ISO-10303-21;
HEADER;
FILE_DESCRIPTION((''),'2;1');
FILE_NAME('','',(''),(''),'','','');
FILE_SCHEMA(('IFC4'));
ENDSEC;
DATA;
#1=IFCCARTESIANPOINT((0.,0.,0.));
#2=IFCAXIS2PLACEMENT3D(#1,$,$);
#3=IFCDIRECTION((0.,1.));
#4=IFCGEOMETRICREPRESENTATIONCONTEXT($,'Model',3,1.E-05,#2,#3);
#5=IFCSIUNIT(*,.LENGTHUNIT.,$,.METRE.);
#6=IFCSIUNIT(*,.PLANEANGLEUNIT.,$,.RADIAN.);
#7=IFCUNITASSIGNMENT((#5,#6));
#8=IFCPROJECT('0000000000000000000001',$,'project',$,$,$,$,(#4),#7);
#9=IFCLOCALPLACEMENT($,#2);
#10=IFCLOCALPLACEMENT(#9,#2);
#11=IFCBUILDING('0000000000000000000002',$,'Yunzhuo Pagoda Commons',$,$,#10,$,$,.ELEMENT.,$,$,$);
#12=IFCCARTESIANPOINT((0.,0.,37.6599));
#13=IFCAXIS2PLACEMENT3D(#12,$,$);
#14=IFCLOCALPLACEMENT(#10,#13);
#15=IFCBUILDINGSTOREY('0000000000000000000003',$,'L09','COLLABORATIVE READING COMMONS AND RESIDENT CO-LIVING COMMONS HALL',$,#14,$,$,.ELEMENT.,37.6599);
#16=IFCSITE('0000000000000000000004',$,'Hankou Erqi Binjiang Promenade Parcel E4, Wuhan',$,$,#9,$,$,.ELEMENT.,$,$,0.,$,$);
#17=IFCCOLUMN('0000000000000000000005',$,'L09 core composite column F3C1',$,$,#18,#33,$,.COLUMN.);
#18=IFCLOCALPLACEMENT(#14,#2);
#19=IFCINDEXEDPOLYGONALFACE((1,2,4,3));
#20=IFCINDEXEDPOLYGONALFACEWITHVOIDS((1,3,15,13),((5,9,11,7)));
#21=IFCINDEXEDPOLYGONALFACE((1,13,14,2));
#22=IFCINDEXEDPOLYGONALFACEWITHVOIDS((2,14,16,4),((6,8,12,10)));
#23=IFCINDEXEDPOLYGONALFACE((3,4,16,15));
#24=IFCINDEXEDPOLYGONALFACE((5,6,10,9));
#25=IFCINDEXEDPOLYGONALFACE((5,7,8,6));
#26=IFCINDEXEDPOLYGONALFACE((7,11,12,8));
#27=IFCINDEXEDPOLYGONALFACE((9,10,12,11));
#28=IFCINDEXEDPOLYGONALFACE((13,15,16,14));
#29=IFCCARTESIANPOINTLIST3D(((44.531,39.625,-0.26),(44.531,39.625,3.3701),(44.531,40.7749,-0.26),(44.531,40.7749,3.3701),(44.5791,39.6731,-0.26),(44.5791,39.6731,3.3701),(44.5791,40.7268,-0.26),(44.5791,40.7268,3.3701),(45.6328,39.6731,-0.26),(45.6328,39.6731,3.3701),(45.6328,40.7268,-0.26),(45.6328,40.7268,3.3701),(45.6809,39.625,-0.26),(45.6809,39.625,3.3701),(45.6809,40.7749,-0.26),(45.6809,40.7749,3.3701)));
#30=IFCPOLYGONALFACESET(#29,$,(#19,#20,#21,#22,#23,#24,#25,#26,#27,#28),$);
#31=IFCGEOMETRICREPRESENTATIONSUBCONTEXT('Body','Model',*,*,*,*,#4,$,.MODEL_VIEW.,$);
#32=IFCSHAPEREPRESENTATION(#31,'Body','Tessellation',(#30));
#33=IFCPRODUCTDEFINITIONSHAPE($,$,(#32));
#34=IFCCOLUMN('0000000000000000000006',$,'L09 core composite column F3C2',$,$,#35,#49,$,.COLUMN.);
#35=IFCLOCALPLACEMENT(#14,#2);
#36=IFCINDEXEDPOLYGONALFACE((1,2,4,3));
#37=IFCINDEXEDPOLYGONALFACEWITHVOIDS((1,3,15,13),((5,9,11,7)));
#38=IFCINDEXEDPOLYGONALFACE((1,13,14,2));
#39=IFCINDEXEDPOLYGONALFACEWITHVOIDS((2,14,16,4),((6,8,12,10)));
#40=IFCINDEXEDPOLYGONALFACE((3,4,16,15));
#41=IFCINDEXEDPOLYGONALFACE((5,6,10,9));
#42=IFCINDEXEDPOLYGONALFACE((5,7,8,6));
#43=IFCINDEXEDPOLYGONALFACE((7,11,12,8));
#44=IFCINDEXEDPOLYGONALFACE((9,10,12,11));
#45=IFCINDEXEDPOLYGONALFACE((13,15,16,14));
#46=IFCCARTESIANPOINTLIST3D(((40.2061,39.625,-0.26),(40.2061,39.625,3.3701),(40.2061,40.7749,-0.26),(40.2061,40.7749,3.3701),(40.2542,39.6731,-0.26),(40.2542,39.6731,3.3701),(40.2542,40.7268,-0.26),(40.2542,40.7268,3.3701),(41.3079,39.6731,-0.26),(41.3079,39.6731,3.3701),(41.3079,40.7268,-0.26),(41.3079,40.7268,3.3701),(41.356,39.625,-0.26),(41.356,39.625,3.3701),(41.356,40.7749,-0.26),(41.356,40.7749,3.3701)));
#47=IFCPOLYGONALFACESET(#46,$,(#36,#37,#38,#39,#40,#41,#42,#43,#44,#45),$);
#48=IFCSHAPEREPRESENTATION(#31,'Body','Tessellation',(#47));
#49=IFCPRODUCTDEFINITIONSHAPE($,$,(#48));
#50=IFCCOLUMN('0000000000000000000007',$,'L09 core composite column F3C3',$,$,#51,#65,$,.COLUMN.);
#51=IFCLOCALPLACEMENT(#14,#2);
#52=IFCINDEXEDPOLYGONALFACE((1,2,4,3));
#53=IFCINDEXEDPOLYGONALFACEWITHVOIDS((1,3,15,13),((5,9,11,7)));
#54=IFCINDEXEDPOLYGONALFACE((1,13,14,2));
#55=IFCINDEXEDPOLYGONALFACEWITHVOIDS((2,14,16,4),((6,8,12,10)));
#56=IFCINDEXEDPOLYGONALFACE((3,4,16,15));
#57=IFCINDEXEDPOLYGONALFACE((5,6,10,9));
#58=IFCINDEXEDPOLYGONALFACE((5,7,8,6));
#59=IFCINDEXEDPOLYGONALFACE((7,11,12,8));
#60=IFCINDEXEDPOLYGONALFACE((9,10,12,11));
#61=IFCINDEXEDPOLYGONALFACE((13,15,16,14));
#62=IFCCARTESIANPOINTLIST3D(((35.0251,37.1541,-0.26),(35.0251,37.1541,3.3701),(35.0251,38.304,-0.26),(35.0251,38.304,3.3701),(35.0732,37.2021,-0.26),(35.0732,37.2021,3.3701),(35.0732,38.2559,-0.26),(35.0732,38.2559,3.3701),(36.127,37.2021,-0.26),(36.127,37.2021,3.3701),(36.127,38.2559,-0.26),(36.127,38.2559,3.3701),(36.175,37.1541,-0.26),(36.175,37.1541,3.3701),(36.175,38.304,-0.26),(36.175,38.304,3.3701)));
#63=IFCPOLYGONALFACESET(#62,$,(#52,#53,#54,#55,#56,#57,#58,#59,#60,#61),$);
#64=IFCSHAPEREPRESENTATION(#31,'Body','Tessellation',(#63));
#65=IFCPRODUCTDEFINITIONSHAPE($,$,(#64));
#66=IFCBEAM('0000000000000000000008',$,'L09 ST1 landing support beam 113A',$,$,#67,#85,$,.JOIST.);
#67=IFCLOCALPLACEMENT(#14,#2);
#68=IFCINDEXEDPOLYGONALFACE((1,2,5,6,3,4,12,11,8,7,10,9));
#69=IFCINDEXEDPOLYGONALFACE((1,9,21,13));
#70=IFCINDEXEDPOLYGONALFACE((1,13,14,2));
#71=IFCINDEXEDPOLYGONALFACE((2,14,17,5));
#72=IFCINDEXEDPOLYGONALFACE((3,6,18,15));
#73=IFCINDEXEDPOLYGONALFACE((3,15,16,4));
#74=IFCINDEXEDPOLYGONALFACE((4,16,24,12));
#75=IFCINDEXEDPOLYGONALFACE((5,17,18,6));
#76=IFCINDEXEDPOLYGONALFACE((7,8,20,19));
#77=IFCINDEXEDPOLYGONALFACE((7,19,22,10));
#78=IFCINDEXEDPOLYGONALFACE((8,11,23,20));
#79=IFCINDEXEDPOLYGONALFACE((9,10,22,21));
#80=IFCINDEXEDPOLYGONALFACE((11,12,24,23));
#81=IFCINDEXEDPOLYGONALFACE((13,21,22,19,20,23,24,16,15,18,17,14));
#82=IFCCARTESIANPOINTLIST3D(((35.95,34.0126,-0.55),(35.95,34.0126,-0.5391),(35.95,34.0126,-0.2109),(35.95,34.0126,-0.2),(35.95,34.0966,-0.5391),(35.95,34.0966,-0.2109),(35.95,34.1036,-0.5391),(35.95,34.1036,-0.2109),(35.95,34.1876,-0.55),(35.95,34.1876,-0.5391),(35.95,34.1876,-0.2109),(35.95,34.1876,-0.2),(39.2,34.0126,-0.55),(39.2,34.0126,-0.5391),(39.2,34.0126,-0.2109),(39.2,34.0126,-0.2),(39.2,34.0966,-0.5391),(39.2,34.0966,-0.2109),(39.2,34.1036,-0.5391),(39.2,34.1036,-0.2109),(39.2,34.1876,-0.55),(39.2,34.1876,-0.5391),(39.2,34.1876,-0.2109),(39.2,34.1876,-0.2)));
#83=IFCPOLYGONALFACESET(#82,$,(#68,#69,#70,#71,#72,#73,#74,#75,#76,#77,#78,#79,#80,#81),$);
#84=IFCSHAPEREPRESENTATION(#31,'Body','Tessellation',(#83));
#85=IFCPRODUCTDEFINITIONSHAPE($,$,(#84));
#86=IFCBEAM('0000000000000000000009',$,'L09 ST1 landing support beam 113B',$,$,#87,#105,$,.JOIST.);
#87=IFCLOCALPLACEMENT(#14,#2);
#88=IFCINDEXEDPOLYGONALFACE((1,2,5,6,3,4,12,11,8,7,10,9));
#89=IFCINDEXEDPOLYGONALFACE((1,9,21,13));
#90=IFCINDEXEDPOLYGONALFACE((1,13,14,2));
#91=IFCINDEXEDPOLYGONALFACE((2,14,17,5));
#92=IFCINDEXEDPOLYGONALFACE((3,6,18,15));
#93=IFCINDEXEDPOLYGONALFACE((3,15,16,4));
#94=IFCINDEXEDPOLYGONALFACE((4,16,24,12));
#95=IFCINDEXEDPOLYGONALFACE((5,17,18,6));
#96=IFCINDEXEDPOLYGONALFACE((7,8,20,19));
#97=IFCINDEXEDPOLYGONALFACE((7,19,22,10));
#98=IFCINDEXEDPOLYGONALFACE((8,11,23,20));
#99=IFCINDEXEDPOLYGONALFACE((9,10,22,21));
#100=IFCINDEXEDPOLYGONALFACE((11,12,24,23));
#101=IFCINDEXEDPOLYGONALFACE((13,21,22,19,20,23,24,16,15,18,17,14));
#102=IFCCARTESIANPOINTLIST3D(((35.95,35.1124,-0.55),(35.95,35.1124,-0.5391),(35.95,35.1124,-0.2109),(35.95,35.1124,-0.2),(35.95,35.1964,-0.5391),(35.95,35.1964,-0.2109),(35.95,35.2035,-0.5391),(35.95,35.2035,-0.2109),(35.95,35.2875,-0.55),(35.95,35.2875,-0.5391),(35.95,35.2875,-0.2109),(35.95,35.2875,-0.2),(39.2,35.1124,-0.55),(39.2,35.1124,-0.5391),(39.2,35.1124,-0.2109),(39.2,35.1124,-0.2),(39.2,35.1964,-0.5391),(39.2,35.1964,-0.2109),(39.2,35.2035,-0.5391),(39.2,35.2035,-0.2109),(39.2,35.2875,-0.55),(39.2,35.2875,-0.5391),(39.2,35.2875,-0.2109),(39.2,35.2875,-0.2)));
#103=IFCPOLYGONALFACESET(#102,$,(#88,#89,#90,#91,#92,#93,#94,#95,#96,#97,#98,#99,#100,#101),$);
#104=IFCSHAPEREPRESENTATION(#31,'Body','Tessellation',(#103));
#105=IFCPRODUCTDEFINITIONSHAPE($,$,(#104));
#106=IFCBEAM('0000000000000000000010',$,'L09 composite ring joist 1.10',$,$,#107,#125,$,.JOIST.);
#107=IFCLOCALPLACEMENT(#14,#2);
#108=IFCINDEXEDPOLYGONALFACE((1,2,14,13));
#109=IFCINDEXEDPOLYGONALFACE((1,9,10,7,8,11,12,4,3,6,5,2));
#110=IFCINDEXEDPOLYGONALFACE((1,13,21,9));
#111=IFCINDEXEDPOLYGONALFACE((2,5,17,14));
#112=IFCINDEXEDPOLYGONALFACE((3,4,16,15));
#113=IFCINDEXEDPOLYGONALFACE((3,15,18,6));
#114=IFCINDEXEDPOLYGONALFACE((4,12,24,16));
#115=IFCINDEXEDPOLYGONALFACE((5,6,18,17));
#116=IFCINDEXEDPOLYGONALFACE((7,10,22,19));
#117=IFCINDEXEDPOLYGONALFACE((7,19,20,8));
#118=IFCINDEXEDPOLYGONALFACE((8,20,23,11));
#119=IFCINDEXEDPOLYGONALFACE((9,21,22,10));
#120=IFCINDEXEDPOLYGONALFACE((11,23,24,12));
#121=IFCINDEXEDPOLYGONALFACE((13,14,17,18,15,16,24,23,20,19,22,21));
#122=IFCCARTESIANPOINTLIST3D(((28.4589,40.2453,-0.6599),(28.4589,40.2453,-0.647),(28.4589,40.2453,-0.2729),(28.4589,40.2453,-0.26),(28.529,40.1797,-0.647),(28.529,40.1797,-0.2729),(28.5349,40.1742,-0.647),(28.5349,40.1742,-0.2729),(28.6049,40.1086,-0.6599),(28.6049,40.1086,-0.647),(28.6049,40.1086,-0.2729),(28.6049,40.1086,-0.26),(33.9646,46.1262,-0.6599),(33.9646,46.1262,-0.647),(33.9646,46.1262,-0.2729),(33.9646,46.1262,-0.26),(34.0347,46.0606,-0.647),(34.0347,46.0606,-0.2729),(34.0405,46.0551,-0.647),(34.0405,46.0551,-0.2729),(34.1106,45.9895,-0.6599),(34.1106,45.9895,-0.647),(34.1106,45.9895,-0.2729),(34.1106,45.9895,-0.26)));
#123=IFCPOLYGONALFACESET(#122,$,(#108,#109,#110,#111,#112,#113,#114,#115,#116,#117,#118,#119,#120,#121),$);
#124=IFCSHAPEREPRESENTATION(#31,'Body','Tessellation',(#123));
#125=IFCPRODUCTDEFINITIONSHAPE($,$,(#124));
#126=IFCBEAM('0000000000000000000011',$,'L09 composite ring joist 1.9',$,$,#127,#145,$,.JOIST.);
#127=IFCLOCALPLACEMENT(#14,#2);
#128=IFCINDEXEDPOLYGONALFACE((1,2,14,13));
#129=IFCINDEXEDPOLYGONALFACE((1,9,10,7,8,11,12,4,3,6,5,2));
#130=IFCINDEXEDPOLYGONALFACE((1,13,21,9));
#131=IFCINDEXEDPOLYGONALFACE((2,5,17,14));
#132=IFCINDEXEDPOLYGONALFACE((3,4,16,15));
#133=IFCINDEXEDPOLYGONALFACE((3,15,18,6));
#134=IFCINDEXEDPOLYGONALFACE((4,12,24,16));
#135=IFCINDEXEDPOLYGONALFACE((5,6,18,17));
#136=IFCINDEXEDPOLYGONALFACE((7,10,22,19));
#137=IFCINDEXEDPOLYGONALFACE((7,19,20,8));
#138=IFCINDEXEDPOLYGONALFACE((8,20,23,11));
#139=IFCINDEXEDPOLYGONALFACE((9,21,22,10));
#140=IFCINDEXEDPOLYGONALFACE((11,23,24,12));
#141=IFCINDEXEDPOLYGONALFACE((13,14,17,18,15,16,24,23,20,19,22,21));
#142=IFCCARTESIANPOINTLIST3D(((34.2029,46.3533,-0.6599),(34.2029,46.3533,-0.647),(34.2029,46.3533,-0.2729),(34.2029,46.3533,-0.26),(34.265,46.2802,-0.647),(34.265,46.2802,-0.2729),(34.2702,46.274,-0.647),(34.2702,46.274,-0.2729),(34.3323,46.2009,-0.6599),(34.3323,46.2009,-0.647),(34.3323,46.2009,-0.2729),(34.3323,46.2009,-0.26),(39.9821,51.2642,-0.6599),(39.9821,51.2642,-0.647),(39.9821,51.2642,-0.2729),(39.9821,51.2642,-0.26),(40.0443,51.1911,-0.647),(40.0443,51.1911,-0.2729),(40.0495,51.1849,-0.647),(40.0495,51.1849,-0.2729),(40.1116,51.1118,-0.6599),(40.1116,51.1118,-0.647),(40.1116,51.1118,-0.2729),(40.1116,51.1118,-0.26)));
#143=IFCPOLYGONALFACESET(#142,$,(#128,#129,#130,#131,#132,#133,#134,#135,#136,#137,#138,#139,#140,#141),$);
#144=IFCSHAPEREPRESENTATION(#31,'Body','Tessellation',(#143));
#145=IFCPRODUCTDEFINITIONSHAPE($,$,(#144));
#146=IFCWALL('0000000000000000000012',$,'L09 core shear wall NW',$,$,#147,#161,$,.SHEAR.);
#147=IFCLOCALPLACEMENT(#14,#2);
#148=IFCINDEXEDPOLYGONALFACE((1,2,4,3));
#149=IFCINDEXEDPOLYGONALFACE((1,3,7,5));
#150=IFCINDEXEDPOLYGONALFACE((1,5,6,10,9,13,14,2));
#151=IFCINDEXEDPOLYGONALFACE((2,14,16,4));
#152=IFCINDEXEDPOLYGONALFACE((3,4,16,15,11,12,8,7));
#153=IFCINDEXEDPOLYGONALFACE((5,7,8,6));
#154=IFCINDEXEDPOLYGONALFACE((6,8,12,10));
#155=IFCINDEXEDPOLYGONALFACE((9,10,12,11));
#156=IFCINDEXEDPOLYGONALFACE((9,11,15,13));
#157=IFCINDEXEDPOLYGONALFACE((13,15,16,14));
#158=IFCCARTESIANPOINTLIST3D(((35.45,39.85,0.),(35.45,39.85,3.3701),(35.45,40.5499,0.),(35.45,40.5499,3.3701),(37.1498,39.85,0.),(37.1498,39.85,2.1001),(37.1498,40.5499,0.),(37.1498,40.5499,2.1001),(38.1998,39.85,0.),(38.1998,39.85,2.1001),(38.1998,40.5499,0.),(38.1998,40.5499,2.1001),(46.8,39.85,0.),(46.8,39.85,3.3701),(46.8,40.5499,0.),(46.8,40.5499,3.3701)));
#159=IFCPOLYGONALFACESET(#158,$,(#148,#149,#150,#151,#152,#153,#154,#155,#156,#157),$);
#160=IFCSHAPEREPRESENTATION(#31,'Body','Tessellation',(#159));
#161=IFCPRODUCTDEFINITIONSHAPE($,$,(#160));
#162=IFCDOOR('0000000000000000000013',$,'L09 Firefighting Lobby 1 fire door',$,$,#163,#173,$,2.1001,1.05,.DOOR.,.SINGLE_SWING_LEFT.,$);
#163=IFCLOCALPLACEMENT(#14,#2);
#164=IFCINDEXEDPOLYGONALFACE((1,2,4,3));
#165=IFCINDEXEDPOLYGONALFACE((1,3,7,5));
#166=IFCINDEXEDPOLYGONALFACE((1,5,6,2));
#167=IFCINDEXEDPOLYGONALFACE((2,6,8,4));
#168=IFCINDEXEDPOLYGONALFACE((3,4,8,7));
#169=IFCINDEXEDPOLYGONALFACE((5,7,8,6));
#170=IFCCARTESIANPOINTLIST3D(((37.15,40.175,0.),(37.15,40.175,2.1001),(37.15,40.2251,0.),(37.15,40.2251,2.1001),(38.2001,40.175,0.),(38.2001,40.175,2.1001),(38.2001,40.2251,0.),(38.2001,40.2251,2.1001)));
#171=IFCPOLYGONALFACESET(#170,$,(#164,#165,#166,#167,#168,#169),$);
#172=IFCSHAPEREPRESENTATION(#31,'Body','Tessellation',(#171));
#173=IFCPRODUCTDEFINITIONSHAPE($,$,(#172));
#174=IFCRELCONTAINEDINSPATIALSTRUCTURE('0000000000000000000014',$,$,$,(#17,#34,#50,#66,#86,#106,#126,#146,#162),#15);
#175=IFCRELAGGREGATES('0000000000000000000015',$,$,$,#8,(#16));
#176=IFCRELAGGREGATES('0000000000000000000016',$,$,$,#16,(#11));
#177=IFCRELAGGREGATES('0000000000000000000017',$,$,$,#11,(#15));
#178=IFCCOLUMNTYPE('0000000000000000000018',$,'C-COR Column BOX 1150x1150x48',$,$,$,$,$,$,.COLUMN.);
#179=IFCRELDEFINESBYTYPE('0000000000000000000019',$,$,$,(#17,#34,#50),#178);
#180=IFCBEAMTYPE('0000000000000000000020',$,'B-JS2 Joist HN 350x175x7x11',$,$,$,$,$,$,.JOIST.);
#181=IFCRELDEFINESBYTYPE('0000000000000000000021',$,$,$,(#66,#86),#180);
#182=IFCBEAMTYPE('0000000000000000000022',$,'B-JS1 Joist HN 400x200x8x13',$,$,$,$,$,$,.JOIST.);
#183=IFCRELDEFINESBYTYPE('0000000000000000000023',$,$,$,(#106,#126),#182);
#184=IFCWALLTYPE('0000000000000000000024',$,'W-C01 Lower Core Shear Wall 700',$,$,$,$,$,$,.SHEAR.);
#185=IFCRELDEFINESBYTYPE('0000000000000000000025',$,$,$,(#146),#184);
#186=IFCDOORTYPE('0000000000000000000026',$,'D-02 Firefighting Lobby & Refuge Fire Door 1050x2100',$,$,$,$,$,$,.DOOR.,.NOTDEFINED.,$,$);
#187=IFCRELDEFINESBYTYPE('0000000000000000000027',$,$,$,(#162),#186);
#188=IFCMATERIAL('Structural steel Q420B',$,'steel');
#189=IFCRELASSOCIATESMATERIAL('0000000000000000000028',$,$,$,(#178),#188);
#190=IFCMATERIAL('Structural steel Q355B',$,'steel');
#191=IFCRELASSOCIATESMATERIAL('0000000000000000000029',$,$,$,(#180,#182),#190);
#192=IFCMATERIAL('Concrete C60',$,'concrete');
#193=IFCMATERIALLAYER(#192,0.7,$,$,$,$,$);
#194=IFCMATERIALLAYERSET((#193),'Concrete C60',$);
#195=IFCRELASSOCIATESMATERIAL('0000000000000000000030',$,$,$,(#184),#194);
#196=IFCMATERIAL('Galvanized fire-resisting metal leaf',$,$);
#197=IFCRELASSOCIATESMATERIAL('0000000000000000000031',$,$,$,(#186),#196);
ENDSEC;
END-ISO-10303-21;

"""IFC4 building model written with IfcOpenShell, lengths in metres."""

from ifc_helpers import new_model, si_unit, direction, frame, frame_2d, origin, origin_2d, place, context, subcontext, project, spatial, rectangle, hollow_rectangle, i_section, extrude, source, transform, mapped, material, layer, layer_set, material_profile, profile_set, type_object, element, fill, save


model = new_model("IFC4")

# Units and contexts
model_context = context("Model", 3, precision=1e-05, world=origin(), true_north=direction((0.0, 1.0)))
body_context = subcontext(model_context, "Body", "Model", "MODEL_VIEW")
ifc_project = project(units=[si_unit("LENGTHUNIT", "METRE"), si_unit("PLANEANGLEUNIT", "RADIAN")], contexts=[model_context])

# Site, building, storey
site_placement = place(None, origin())
site = spatial("IfcSite", under=ifc_project, at=site_placement, Name="Hankou Erqi Binjiang Promenade Parcel E4, Wuhan", CompositionType="ELEMENT", RefElevation=0.0)
building_placement = place(site_placement, origin())
building = spatial("IfcBuilding", under=site, at=building_placement, Name="Yunzhuo Pagoda Commons", CompositionType="ELEMENT")
storey_placement = place(building_placement, frame((0.0, 0.0, 37.6599)))
storey = spatial("IfcBuildingStorey", under=building, at=storey_placement, Name="L09", Description="COLLABORATIVE READING COMMONS AND RESIDENT CO-LIVING COMMONS HALL", CompositionType="ELEMENT", Elevation=37.6599)

# Columns
ifc_material_1 = material(Name="Structural steel Q420B", Category="steel")
ifc_material_profile_1 = material_profile(ifc_material_1, hollow_rectangle(XDim=1.1499, YDim=1.1499, WallThickness=0.0481, at=origin_2d()), Name="Structural steel Q420B")
ifc_profile_set_1 = profile_set([ifc_material_profile_1], Name="Structural steel Q420B")
column_type = type_object("IfcColumnType", Name="C-COR Column BOX 1150x1150x48", PredefinedType="COLUMN", material=ifc_profile_set_1)
shared_shape_1 = source(origin(), body_context, "Body", "SweptSolid", [
    extrude(hollow_rectangle(XDim=1.1499, YDim=1.1499, WallThickness=0.0481, at=origin_2d()), origin(), (0.0, 0.0, 1.0), 3.6301),
])
for number, where, z_axis, x_axis, name in (
    (1, (45.106, 40.2, -0.26), (0.0, 0.0, 1.0), (1.0, 0.0, 0.0), "L09 core composite column F3C1"),
    (2, (40.781, 40.2, -0.26), (0.0, 0.0, 1.0), (1.0, 0.0, 0.0), "L09 core composite column F3C2"),
    (3, (35.6001, 37.729, -0.26), (0.0, 0.0, 1.0), (1.0, 0.0, 0.0), "L09 core composite column F3C3"),
):
    element("IfcColumn", number, at=place(storey_placement, frame(where, z_axis=z_axis, x_axis=x_axis)), inside=storey, type_object=column_type, Name=name, PredefinedType="COLUMN", context=body_context, shape_type="MappedRepresentation", body=[
        mapped(shared_shape_1, transform((0.0, 0.0, 0.0), scale=1.0)),
    ])

# Beams
ifc_material_2 = material(Name="Structural steel Q355B", Category="steel")
ifc_material_profile_2 = material_profile(ifc_material_2, i_section(OverallWidth=0.175, OverallDepth=0.3501, WebThickness=0.0071, FlangeThickness=0.011, at=origin_2d()), Name="Structural steel Q355B")
ifc_profile_set_2 = profile_set([ifc_material_profile_2], Name="Structural steel Q355B")
beam_type_1 = type_object("IfcBeamType", Name="B-JS2 Joist HN 350x175x7x11", PredefinedType="JOIST", material=ifc_profile_set_2)
shared_shape_2 = source(origin(), body_context, "Body", "SweptSolid", [
    extrude(i_section(OverallWidth=0.175, OverallDepth=0.3501, WebThickness=0.0071, FlangeThickness=0.011, at=origin_2d()), origin(), (0.0, 0.0, 1.0), 3.25),
])
for number, where, z_axis, x_axis, name in (
    (4, (35.95, 34.1001, -0.375), (1.0, 0.0, 0.0), (0.0, 1.0, 0.0), "L09 ST1 landing support beam 113A"),
    (5, (35.95, 35.2, -0.375), (1.0, 0.0, 0.0), (0.0, 1.0, 0.0), "L09 ST1 landing support beam 113B"),
):
    element("IfcBeam", number, at=place(storey_placement, frame(where, z_axis=z_axis, x_axis=x_axis)), inside=storey, type_object=beam_type_1, Name=name, PredefinedType="JOIST", context=body_context, shape_type="MappedRepresentation", body=[
        mapped(shared_shape_2, transform((0.0, 0.0, 0.0), scale=1.0)),
    ])
ifc_material_profile_3 = material_profile(ifc_material_2, i_section(OverallWidth=0.2, OverallDepth=0.3999, WebThickness=0.0081, FlangeThickness=0.0129, at=origin_2d()), Name="Structural steel Q355B")
ifc_profile_set_3 = profile_set([ifc_material_profile_3], Name="Structural steel Q355B")
beam_type_2 = type_object("IfcBeamType", Name="B-JS1 Joist HN 400x200x8x13", PredefinedType="JOIST", material=ifc_profile_set_3)
shared_shape_3 = source(origin(), body_context, "Body", "SweptSolid", [
    extrude(i_section(OverallWidth=0.2, OverallDepth=0.3999, WebThickness=0.0081, FlangeThickness=0.0129, at=origin_2d()), origin(), (0.0, 0.0, 1.0), 8.0559),
])
beam_1_placement = place(storey_placement, frame((34.0376, 46.0579, -0.46), z_axis=(-0.683433, -0.730013, 0.0), x_axis=(0.730013, -0.683433, 0.0)))
element("IfcBeam", 6, at=beam_1_placement, inside=storey, type_object=beam_type_2, Name="L09 composite ring joist 1.10", PredefinedType="JOIST", context=body_context, shape_type="MappedRepresentation", body=[
    mapped(shared_shape_3, transform((0.0, 0.0, 0.0), scale=1.0)),
])
shared_shape_4 = source(origin(), body_context, "Body", "SweptSolid", [
    extrude(i_section(OverallWidth=0.2, OverallDepth=0.3999, WebThickness=0.0081, FlangeThickness=0.0129, at=origin_2d()), origin(), (0.0, 0.0, 1.0), 7.584),
])
beam_2_placement = place(storey_placement, frame((40.0469, 51.188, -0.46), z_axis=(-0.762038, -0.647533, 0.0), x_axis=(0.647533, -0.762038, 0.0)))
element("IfcBeam", 7, at=beam_2_placement, inside=storey, type_object=beam_type_2, Name="L09 composite ring joist 1.9", PredefinedType="JOIST", context=body_context, shape_type="MappedRepresentation", body=[
    mapped(shared_shape_4, transform((0.0, 0.0, 0.0), scale=1.0)),
])

# Wall, opening, door
ifc_material_3 = material(Name="Concrete C60", Category="concrete")
ifc_layer_1 = layer(ifc_material_3, 0.7)
ifc_layer_set_1 = layer_set([ifc_layer_1], Name="Concrete C60")
wall_type_1 = type_object("IfcWallType", Name="W-C01 Lower Core Shear Wall 700", PredefinedType="SHEAR", material=ifc_layer_set_1)
wall_1_placement = place(storey_placement, frame((35.45, 40.2, 0.0), z_axis=(0.0, 0.0, 1.0), x_axis=(1.0, 0.0, 0.0)))
wall_1 = element("IfcWall", 8, at=wall_1_placement, inside=storey, type_object=wall_type_1, Name="L09 core shear wall NW", PredefinedType="SHEAR", context=body_context, shape_type="SweptSolid", body=[
    extrude(rectangle(XDim=11.3501, YDim=0.7, at=frame_2d((5.675, 0.0))), origin(), (0.0, 0.0, 1.0), 3.3701),
])
opening_1_placement = place(wall_1_placement, frame((1.7, 0.0, 0.0)))
opening_1 = element("IfcOpeningElement", 9, at=opening_1_placement, cuts=wall_1, PredefinedType="OPENING", context=body_context, shape_type="SweptSolid", body=[
    extrude(rectangle(XDim=1.05, YDim=2.1001, at=frame_2d((0.5249, 1.05))), frame((0.0, 0.3599, 0.0), z_axis=(0.0, -1.0, 0.0), x_axis=(1.0, 0.0, 0.0)), (0.0, 0.0, 1.0), 0.72),
])
ifc_material_4 = material(Name="Galvanized fire-resisting metal leaf")
door_type_1 = type_object("IfcDoorType", Name="D-02 Firefighting Lobby & Refuge Fire Door 1050x2100", OperationType="NOTDEFINED", PredefinedType="DOOR", material=ifc_material_4)
shared_shape_5 = source(origin(), body_context, "Body", "SweptSolid", [
    extrude(rectangle(XDim=1.05, YDim=2.1001, at=frame_2d((0.5249, 1.05))), frame((0.0, 0.0249, 0.0), z_axis=(0.0, -1.0, 0.0), x_axis=(1.0, 0.0, 0.0)), (0.0, 0.0, 1.0), 0.05),
])
door_1_placement = place(opening_1_placement, frame((1.05, 0.0, 0.0), z_axis=(0.0, 0.0, 1.0), x_axis=(-1.0, 0.0, 0.0)))
door_1 = element("IfcDoor", 10, at=door_1_placement, inside=storey, type_object=door_type_1, Name="L09 Firefighting Lobby 1 fire door", OperationType="SINGLE_SWING_LEFT", OverallHeight=2.1001, OverallWidth=1.05, PredefinedType="DOOR", context=body_context, shape_type="MappedRepresentation", body=[
    mapped(shared_shape_5, transform((0.0, 0.0, 0.0), scale=1.0)),
])
fill(opening_1, door_1)

save(model, "model.ifc")
